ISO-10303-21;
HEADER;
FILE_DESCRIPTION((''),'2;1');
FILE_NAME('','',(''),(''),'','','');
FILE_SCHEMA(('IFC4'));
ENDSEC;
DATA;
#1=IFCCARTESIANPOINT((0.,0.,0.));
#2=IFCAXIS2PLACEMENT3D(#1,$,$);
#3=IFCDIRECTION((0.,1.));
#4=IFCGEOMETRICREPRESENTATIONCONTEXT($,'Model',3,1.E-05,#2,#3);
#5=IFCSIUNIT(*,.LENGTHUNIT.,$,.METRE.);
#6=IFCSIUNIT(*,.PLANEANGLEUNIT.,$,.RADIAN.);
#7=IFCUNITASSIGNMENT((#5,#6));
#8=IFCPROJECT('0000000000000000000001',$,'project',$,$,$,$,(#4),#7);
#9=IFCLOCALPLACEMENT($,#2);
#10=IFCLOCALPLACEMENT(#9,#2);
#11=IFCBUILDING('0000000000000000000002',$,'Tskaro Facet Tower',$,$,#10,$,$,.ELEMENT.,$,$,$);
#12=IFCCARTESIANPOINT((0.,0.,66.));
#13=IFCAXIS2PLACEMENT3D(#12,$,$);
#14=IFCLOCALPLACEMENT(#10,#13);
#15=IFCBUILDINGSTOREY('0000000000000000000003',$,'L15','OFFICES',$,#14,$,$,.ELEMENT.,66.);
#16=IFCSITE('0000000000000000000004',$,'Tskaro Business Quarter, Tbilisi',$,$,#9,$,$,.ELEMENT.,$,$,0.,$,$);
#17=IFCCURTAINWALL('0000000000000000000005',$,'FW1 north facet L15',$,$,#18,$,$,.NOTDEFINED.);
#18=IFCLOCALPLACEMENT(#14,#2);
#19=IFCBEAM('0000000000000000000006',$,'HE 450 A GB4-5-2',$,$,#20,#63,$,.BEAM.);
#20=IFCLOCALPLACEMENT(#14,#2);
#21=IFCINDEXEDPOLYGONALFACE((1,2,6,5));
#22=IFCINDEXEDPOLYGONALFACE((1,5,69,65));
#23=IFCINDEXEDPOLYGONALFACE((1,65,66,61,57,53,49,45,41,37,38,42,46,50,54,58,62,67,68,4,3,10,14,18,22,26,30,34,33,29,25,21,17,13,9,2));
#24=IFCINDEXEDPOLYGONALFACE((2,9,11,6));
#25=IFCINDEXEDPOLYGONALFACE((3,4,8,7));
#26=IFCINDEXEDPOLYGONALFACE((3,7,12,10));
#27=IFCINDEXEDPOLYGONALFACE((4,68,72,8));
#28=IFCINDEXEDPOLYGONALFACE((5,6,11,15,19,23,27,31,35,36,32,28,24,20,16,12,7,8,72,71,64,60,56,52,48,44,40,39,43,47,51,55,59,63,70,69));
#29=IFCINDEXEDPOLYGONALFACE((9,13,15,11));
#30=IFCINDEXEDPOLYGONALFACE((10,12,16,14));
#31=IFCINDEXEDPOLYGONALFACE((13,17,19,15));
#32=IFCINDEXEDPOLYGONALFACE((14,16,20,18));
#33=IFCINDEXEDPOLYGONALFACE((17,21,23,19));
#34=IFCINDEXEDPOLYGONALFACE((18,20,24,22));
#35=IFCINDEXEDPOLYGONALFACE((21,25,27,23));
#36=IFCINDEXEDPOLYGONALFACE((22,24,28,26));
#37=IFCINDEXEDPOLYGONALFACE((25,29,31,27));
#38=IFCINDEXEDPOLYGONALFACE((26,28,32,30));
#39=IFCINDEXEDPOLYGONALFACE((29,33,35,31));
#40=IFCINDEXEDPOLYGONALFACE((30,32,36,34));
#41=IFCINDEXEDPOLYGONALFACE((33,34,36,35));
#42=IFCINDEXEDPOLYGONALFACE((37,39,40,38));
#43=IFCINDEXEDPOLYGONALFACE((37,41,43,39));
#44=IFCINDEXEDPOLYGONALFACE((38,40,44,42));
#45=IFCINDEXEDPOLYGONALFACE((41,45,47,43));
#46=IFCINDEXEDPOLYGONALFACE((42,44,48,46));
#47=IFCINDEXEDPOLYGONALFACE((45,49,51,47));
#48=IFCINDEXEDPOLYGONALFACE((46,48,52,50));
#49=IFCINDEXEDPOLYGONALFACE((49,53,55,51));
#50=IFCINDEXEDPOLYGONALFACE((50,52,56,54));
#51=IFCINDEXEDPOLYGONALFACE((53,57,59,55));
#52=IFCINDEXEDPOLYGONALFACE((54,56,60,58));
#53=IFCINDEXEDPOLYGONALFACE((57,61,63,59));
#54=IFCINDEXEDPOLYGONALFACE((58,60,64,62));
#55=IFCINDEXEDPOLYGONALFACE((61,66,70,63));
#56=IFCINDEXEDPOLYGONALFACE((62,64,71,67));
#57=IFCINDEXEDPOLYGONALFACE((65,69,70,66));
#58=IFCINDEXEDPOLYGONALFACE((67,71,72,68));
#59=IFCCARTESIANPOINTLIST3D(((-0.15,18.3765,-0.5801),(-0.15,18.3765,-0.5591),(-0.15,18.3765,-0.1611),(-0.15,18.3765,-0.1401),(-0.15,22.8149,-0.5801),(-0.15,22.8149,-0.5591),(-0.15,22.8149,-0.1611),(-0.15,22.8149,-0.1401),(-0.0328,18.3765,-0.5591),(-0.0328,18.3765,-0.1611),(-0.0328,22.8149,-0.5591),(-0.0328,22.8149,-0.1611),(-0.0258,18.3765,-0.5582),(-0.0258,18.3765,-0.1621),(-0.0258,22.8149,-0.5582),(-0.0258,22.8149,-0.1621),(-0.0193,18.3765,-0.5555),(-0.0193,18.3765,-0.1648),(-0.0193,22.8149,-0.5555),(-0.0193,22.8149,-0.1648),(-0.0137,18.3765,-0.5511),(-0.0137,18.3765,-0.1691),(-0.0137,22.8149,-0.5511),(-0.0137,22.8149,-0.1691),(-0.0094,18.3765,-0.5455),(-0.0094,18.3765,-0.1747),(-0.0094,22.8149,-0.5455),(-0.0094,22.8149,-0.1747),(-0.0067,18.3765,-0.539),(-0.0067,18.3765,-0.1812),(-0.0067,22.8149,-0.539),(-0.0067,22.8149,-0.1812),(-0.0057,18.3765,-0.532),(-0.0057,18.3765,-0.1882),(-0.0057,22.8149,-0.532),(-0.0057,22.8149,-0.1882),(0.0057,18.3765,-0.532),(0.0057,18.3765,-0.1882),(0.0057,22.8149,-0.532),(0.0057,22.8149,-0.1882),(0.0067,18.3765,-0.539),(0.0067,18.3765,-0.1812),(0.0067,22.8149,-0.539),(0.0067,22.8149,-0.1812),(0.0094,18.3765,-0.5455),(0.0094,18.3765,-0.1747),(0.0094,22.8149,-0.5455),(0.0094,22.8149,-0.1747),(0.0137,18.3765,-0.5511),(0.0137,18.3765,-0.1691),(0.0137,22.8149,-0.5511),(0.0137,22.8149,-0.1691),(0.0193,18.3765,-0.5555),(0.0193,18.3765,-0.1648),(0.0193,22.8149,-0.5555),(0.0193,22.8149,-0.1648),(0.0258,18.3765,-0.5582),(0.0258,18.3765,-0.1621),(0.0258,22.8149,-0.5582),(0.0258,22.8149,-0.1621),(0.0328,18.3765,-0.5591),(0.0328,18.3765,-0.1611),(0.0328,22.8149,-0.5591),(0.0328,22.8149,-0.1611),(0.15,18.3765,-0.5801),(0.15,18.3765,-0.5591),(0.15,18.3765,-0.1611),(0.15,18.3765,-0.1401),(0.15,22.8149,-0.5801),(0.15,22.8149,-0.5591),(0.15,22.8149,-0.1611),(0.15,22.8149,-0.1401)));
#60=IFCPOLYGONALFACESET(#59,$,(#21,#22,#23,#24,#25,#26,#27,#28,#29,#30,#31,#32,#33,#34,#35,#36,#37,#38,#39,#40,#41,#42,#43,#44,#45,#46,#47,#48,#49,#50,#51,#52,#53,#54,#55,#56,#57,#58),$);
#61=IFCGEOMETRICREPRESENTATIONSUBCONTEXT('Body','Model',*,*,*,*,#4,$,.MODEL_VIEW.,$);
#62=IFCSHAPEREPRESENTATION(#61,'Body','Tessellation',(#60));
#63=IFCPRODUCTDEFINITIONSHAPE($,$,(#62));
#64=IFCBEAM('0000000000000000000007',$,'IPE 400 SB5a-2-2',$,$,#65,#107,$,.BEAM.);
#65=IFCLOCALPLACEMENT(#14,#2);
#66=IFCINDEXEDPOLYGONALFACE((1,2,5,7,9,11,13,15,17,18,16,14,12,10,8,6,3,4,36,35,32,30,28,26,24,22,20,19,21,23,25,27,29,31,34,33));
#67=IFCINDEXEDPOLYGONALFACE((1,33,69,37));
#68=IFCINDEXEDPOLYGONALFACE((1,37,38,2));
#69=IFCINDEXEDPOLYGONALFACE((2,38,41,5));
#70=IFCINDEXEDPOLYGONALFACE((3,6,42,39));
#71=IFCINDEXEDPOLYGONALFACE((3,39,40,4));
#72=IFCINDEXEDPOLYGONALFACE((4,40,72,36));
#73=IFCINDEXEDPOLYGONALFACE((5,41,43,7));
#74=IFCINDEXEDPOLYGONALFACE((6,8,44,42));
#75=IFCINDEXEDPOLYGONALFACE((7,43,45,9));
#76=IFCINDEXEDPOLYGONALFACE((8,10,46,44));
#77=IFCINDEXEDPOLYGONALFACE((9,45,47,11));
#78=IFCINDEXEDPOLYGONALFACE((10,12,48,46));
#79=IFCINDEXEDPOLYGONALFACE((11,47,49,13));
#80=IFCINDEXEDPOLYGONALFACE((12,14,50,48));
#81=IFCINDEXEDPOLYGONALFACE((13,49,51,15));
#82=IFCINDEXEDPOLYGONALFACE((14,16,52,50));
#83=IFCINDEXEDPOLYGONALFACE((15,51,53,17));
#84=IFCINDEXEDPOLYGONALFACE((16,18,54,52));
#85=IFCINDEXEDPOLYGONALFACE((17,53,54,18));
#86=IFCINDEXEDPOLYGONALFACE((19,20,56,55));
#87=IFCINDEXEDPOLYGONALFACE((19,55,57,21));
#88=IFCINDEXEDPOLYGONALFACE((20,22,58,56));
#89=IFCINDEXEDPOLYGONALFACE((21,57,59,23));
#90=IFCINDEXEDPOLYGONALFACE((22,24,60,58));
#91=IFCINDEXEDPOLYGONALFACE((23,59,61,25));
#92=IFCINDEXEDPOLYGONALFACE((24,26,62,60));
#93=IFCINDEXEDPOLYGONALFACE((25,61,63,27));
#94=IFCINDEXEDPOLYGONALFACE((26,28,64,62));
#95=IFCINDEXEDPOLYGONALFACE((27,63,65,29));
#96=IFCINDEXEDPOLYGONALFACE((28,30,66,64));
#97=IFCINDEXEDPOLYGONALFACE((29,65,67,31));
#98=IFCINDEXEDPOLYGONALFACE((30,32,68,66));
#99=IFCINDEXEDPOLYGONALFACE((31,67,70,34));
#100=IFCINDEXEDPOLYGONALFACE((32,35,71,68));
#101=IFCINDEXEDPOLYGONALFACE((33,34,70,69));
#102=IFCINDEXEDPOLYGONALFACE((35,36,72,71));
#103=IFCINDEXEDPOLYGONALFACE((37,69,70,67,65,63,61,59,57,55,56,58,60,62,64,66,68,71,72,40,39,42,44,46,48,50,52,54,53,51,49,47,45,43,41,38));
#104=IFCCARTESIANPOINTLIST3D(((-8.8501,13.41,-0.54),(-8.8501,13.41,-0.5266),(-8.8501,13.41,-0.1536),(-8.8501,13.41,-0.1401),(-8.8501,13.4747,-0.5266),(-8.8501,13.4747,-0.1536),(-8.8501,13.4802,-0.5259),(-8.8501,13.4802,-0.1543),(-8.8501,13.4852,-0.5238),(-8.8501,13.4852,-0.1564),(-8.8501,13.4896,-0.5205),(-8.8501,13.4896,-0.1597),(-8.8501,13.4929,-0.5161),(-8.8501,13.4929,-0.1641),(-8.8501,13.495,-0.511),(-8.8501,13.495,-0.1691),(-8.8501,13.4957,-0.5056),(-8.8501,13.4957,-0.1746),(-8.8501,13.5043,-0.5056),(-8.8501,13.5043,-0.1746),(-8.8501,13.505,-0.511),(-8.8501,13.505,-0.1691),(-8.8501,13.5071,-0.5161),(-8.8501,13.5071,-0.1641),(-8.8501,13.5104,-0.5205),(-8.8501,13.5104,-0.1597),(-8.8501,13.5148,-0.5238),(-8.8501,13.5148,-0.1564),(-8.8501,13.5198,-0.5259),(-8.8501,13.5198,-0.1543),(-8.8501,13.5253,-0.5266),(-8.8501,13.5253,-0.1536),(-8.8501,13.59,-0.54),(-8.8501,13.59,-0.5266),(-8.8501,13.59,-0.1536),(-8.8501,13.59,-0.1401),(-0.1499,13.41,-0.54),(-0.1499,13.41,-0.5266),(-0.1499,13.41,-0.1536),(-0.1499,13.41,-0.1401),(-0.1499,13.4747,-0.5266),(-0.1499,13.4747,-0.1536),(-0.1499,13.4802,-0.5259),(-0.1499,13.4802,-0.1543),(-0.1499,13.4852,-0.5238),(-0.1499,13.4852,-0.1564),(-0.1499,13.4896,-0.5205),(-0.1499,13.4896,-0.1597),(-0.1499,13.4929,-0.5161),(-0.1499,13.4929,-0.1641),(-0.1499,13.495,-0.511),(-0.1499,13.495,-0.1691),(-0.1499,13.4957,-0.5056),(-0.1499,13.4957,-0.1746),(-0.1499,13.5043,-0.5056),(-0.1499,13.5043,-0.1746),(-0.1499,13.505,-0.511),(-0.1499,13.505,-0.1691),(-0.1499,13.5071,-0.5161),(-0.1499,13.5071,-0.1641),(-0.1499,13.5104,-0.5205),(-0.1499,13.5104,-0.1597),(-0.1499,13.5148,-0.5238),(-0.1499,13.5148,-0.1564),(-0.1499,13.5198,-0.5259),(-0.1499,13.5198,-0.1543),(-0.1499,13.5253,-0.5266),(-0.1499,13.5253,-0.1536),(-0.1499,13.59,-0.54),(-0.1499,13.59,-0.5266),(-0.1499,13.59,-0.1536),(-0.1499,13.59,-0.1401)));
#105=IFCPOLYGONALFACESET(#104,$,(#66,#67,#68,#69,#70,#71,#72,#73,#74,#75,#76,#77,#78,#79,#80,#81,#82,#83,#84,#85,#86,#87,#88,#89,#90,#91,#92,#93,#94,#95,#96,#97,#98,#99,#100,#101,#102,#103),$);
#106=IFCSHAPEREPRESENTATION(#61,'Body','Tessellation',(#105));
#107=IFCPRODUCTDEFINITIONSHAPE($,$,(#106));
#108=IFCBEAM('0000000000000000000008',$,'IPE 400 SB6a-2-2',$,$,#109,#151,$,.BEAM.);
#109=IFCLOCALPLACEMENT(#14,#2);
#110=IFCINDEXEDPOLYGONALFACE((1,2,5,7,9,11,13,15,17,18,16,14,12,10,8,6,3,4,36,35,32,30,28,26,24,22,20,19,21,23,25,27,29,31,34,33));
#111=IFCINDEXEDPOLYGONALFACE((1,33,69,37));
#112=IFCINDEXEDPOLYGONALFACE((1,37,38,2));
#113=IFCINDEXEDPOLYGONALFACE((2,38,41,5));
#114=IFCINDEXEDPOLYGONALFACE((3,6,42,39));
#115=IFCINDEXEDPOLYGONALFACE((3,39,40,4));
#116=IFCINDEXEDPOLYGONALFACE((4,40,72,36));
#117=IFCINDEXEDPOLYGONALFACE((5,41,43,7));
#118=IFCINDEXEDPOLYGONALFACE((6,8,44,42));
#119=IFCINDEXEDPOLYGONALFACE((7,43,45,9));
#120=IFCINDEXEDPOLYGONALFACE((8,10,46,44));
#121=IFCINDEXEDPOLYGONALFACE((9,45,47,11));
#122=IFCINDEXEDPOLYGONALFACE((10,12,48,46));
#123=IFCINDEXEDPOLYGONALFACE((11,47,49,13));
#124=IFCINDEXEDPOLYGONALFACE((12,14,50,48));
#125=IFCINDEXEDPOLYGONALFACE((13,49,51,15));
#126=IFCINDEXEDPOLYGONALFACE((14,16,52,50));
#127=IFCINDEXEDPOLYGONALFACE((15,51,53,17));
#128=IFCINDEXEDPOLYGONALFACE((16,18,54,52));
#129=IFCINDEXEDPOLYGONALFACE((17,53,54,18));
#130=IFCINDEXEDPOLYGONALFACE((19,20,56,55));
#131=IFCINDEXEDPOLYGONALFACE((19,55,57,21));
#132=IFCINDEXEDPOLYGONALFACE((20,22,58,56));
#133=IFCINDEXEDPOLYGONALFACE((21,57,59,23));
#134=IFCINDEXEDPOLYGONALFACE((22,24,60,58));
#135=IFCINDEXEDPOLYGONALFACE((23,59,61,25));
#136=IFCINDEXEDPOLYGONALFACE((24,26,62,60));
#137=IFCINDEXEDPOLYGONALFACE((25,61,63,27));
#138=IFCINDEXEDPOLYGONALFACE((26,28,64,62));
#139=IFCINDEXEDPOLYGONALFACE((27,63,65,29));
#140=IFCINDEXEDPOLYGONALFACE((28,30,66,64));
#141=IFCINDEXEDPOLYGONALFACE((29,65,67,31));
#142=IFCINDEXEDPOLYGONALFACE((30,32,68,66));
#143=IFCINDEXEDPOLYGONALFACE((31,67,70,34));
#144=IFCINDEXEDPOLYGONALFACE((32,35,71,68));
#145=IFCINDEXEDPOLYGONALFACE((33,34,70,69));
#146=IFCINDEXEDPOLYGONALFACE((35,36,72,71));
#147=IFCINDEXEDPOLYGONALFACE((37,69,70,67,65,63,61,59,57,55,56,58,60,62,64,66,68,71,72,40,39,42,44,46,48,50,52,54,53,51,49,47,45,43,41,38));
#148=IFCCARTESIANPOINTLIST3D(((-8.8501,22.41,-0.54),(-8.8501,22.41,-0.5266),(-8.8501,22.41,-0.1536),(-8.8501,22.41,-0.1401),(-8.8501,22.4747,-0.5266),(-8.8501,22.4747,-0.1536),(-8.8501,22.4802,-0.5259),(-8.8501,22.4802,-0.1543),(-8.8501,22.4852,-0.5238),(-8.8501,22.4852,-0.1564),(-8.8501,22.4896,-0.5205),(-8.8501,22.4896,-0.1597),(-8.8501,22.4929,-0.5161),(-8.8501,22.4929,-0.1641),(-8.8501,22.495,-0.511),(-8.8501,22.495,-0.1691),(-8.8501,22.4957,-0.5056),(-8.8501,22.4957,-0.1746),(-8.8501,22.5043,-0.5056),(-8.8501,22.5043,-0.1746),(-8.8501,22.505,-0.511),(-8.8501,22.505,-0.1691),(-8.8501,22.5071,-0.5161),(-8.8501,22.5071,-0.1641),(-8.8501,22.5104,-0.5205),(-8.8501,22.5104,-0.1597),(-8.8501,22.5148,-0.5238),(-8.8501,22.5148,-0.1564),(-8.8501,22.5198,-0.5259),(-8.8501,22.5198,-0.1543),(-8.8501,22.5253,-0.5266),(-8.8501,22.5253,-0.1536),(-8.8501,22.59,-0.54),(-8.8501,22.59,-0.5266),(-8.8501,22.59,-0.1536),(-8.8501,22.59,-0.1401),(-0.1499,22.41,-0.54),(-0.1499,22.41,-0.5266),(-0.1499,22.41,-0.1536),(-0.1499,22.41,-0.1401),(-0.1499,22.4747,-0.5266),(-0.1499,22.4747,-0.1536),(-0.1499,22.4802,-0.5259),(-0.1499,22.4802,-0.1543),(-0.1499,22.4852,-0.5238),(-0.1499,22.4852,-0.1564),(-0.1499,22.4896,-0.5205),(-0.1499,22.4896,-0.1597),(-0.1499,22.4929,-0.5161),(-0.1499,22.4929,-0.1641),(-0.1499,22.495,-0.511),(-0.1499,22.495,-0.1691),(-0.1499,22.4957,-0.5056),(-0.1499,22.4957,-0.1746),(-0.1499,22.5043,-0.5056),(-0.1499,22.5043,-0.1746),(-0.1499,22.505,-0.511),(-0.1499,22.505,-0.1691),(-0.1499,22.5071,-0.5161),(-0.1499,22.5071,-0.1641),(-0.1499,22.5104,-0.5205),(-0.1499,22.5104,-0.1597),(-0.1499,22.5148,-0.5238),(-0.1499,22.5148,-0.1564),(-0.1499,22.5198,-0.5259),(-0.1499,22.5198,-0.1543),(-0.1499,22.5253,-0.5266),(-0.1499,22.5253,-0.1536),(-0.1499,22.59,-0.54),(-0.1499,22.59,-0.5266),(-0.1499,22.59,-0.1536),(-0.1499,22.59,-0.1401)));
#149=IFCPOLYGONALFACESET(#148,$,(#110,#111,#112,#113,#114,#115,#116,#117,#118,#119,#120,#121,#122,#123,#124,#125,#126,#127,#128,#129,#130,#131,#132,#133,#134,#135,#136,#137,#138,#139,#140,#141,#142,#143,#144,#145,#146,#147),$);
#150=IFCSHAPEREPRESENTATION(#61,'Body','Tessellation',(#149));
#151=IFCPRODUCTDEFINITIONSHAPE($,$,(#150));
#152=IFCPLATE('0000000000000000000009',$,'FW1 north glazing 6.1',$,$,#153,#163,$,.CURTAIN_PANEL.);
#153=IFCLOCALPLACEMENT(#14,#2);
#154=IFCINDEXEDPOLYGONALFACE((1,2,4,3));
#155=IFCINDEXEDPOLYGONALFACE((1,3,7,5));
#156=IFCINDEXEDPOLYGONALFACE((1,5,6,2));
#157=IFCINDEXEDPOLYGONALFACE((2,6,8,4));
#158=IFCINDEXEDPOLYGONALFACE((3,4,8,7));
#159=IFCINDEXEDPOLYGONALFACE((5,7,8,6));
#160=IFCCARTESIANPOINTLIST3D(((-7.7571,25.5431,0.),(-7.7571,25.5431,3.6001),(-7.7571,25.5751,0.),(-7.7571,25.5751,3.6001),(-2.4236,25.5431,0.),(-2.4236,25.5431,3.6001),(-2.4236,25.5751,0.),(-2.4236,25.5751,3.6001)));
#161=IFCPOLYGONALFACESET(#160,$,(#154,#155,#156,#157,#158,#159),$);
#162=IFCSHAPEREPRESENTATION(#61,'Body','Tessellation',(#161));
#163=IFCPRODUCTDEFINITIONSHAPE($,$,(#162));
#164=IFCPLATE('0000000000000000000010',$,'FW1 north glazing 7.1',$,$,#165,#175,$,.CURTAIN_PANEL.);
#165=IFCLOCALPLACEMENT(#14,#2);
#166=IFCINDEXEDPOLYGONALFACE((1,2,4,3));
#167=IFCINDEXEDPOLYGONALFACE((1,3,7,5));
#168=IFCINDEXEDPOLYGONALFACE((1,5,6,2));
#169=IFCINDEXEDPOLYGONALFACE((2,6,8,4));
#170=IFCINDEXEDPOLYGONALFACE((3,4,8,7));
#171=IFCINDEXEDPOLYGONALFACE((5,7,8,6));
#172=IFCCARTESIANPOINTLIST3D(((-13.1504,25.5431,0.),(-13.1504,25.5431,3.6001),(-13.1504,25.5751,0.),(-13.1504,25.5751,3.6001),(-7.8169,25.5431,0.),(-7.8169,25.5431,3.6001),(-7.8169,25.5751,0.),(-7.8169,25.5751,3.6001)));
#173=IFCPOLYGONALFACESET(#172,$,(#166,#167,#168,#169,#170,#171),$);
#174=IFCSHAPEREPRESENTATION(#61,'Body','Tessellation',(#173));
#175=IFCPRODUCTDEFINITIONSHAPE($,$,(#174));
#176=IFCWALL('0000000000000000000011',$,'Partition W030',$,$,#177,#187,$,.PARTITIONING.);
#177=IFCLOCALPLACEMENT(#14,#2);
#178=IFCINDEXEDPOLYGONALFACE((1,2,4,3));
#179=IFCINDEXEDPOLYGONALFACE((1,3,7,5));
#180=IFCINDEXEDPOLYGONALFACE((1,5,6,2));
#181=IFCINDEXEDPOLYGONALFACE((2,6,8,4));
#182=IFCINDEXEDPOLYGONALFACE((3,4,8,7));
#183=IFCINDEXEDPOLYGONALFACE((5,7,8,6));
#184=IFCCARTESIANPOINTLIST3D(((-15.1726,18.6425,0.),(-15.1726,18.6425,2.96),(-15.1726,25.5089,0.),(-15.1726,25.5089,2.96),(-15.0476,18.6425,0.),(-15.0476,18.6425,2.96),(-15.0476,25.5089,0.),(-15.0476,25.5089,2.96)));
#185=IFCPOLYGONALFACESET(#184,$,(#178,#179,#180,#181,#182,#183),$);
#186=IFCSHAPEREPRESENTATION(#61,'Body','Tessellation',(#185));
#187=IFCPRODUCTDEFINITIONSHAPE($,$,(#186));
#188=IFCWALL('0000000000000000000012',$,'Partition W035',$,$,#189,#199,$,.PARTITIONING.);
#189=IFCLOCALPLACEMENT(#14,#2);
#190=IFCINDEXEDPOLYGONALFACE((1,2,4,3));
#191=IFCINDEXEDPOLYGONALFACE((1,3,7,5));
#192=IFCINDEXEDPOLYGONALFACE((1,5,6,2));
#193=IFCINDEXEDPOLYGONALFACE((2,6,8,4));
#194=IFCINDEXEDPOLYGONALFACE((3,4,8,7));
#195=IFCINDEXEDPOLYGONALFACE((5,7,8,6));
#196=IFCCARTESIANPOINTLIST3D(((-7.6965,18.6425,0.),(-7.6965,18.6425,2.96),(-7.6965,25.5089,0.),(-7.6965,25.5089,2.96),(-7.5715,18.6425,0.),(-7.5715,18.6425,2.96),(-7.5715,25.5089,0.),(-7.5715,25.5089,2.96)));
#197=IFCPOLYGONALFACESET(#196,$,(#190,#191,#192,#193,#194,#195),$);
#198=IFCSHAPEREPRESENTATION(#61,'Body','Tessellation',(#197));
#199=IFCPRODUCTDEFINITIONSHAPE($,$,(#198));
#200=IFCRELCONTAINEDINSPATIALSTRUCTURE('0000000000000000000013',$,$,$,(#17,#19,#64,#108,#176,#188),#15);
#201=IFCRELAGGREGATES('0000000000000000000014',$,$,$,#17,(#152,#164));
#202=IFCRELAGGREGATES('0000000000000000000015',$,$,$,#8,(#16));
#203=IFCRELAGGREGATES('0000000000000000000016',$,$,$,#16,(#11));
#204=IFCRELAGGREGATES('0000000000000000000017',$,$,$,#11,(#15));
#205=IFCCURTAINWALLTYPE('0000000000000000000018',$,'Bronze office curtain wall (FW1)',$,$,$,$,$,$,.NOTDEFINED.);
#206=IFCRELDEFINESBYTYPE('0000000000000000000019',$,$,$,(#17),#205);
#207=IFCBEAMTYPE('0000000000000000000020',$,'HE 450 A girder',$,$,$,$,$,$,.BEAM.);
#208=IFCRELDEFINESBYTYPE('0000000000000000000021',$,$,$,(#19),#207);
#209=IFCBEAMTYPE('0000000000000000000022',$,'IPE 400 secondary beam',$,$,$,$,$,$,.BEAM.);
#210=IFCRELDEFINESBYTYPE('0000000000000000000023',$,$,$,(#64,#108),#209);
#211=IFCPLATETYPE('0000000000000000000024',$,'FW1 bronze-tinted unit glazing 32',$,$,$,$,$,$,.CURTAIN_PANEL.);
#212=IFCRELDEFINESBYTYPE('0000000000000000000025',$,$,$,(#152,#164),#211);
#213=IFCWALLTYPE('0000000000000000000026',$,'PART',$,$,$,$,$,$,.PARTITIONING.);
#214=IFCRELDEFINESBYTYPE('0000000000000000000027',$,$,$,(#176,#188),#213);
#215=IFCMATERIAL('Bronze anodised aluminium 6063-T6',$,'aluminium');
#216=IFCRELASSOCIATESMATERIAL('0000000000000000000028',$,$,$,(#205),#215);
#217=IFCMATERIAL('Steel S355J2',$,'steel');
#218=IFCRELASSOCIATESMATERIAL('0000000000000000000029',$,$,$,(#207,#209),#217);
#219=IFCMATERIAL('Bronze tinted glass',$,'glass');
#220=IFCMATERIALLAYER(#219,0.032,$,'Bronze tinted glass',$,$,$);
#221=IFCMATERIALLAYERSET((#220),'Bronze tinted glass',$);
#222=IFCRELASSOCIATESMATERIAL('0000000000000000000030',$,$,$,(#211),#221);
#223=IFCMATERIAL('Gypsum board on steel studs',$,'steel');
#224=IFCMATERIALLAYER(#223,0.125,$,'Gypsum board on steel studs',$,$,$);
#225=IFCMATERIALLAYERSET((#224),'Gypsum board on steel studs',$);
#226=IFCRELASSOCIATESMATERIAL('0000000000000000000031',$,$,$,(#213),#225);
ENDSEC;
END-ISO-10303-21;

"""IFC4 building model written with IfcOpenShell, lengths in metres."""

from ifc_helpers import new_model, si_unit, direction, frame, frame_2d, origin, origin_2d, place, context, subcontext, project, spatial, rectangle, i_section, extrude, material, layer, layer_set, material_profile, profile_set, type_object, element, aggregate, save


model = new_model("IFC4")

# Units and contexts
model_context = context("Model", 3, precision=1e-05, world=origin(), true_north=direction((0.0, 1.0)))
body_context = subcontext(model_context, "Body", "Model", "MODEL_VIEW")
ifc_project = project(units=[si_unit("LENGTHUNIT", "METRE"), si_unit("PLANEANGLEUNIT", "RADIAN")], contexts=[model_context])

# Site, building, storey
site_placement = place(None, origin())
site = spatial("IfcSite", under=ifc_project, at=site_placement, Name="Tskaro Business Quarter, Tbilisi", CompositionType="ELEMENT", RefElevation=0.0)
building_placement = place(site_placement, origin())
building = spatial("IfcBuilding", under=site, at=building_placement, Name="Tskaro Facet Tower", CompositionType="ELEMENT")
storey_placement = place(building_placement, frame((0.0, 0.0, 66.0)))
storey = spatial("IfcBuildingStorey", under=building, at=storey_placement, Name="L15", Description="OFFICES", CompositionType="ELEMENT", Elevation=66.0)

# Curtain wall
ifc_material_1 = material(Name="Bronze anodised aluminium 6063-T6", Category="aluminium")
curtain_wall_type = type_object("IfcCurtainWallType", Name="Bronze office curtain wall (FW1)", PredefinedType="NOTDEFINED", material=ifc_material_1)
curtain_wall_placement = place(storey_placement, origin())
curtain_wall = element("IfcCurtainWall", 1, at=curtain_wall_placement, inside=storey, type_object=curtain_wall_type, Name="FW1 north facet L15", PredefinedType="NOTDEFINED")

# Beams
ifc_material_2 = material(Name="Steel S355J2", Category="steel")
ifc_material_profile_1 = material_profile(ifc_material_2, i_section(OverallWidth=0.3, OverallDepth=0.4399, WebThickness=0.0115, FlangeThickness=0.021, FilletRadius=0.0271, at=origin_2d()), Name="HE 450 A")
ifc_profile_set_1 = profile_set([ifc_material_profile_1], Name="Steel S355J2")
beam_type_1 = type_object("IfcBeamType", Name="HE 450 A girder", PredefinedType="BEAM", material=ifc_profile_set_1)
for number, where, z_axis, x_axis, name in (
    (2, (0.0, 18.3765, -0.3601), (0.0, 1.0, 0.0), (-1.0, 0.0, 0.0), "HE 450 A GB4-5-2"),
):
    element("IfcBeam", number, at=place(storey_placement, frame(where, z_axis=z_axis, x_axis=x_axis)), inside=storey, type_object=beam_type_1, Name=name, PredefinedType="BEAM", context=body_context, shape_type="SweptSolid", body=[
        extrude(i_section(OverallWidth=0.3, OverallDepth=0.4399, WebThickness=0.0115, FlangeThickness=0.021, FilletRadius=0.0271, at=origin_2d()), origin(), (0.0, 0.0, 1.0), 4.4385),
    ])
ifc_material_profile_2 = material_profile(ifc_material_2, i_section(OverallWidth=0.1799, OverallDepth=0.3999, WebThickness=0.0085, FlangeThickness=0.0134, FilletRadius=0.021, at=origin_2d()), Name="IPE 400")
ifc_profile_set_2 = profile_set([ifc_material_profile_2], Name="Steel S355J2")
beam_type_2 = type_object("IfcBeamType", Name="IPE 400 secondary beam", PredefinedType="BEAM", material=ifc_profile_set_2)
for number, where, z_axis, x_axis, name in (
    (3, (-8.8501, 13.5, -0.3401), (1.0, 0.0, 0.0), (0.0, 1.0, 0.0), "IPE 400 SB5a-2-2"),
    (4, (-8.8501, 22.5, -0.3401), (1.0, 0.0, 0.0), (0.0, 1.0, 0.0), "IPE 400 SB6a-2-2"),
):
    element("IfcBeam", number, at=place(storey_placement, frame(where, z_axis=z_axis, x_axis=x_axis)), inside=storey, type_object=beam_type_2, Name=name, PredefinedType="BEAM", context=body_context, shape_type="SweptSolid", body=[
        extrude(i_section(OverallWidth=0.1799, OverallDepth=0.3999, WebThickness=0.0085, FlangeThickness=0.0134, FilletRadius=0.021, at=origin_2d()), origin(), (0.0, 0.0, 1.0), 8.7002),
    ])

# Plates
ifc_material_3 = material(Name="Bronze tinted glass", Category="glass")
ifc_layer_1 = layer(ifc_material_3, 0.032, Name="Bronze tinted glass")
ifc_layer_set_1 = layer_set([ifc_layer_1], Name="Bronze tinted glass")
plate_type = type_object("IfcPlateType", Name="FW1 bronze-tinted unit glazing 32", PredefinedType="CURTAIN_PANEL", material=ifc_layer_set_1)
plate_1_placement = place(storey_placement, frame((-5.0903, 25.5591, 0.0), z_axis=(0.0, 0.0, 1.0), x_axis=(-1.0, 0.0, 0.0)))
plate_1 = element("IfcPlate", 5, at=plate_1_placement, type_object=plate_type, Name="FW1 north glazing 6.1", PredefinedType="CURTAIN_PANEL", context=body_context, shape_type="SweptSolid", body=[
    extrude(rectangle(XDim=5.3335, YDim=0.032, at=origin_2d()), origin(), (0.0, 0.0, 1.0), 3.6001),
])
plate_2_placement = place(storey_placement, frame((-10.4836, 25.5591, 0.0), z_axis=(0.0, 0.0, 1.0), x_axis=(-1.0, 0.0, 0.0)))
plate_2 = element("IfcPlate", 6, at=plate_2_placement, type_object=plate_type, Name="FW1 north glazing 7.1", PredefinedType="CURTAIN_PANEL", context=body_context, shape_type="SweptSolid", body=[
    extrude(rectangle(XDim=5.3335, YDim=0.032, at=origin_2d()), origin(), (0.0, 0.0, 1.0), 3.6001),
])
aggregate(curtain_wall, [plate_1, plate_2])

# Walls
ifc_material_4 = material(Name="Gypsum board on steel studs", Category="steel")
ifc_layer_2 = layer(ifc_material_4, 0.125, Name="Gypsum board on steel studs")
ifc_layer_set_2 = layer_set([ifc_layer_2], Name="Gypsum board on steel studs")
wall_type = type_object("IfcWallType", Name="PART", PredefinedType="PARTITIONING", material=ifc_layer_set_2)
for number, where, z_axis, x_axis, name in (
    (7, (-15.1101, 18.6426, 0.0), (0.0, 0.0, 1.0), (0.0, 1.0, 0.0), "Partition W030"),
    (8, (-7.634, 18.6426, 0.0), (0.0, 0.0, 1.0), (0.0, 1.0, 0.0), "Partition W035"),
):
    element("IfcWall", number, at=place(storey_placement, frame(where, z_axis=z_axis, x_axis=x_axis)), inside=storey, type_object=wall_type, Name=name, PredefinedType="PARTITIONING", context=body_context, shape_type="SweptSolid", body=[
        extrude(rectangle(XDim=6.8665, YDim=0.125, at=frame_2d((3.4331, 0.0))), origin(), (0.0, 0.0, 1.0), 2.96),
    ])

save(model, "model.ifc")
